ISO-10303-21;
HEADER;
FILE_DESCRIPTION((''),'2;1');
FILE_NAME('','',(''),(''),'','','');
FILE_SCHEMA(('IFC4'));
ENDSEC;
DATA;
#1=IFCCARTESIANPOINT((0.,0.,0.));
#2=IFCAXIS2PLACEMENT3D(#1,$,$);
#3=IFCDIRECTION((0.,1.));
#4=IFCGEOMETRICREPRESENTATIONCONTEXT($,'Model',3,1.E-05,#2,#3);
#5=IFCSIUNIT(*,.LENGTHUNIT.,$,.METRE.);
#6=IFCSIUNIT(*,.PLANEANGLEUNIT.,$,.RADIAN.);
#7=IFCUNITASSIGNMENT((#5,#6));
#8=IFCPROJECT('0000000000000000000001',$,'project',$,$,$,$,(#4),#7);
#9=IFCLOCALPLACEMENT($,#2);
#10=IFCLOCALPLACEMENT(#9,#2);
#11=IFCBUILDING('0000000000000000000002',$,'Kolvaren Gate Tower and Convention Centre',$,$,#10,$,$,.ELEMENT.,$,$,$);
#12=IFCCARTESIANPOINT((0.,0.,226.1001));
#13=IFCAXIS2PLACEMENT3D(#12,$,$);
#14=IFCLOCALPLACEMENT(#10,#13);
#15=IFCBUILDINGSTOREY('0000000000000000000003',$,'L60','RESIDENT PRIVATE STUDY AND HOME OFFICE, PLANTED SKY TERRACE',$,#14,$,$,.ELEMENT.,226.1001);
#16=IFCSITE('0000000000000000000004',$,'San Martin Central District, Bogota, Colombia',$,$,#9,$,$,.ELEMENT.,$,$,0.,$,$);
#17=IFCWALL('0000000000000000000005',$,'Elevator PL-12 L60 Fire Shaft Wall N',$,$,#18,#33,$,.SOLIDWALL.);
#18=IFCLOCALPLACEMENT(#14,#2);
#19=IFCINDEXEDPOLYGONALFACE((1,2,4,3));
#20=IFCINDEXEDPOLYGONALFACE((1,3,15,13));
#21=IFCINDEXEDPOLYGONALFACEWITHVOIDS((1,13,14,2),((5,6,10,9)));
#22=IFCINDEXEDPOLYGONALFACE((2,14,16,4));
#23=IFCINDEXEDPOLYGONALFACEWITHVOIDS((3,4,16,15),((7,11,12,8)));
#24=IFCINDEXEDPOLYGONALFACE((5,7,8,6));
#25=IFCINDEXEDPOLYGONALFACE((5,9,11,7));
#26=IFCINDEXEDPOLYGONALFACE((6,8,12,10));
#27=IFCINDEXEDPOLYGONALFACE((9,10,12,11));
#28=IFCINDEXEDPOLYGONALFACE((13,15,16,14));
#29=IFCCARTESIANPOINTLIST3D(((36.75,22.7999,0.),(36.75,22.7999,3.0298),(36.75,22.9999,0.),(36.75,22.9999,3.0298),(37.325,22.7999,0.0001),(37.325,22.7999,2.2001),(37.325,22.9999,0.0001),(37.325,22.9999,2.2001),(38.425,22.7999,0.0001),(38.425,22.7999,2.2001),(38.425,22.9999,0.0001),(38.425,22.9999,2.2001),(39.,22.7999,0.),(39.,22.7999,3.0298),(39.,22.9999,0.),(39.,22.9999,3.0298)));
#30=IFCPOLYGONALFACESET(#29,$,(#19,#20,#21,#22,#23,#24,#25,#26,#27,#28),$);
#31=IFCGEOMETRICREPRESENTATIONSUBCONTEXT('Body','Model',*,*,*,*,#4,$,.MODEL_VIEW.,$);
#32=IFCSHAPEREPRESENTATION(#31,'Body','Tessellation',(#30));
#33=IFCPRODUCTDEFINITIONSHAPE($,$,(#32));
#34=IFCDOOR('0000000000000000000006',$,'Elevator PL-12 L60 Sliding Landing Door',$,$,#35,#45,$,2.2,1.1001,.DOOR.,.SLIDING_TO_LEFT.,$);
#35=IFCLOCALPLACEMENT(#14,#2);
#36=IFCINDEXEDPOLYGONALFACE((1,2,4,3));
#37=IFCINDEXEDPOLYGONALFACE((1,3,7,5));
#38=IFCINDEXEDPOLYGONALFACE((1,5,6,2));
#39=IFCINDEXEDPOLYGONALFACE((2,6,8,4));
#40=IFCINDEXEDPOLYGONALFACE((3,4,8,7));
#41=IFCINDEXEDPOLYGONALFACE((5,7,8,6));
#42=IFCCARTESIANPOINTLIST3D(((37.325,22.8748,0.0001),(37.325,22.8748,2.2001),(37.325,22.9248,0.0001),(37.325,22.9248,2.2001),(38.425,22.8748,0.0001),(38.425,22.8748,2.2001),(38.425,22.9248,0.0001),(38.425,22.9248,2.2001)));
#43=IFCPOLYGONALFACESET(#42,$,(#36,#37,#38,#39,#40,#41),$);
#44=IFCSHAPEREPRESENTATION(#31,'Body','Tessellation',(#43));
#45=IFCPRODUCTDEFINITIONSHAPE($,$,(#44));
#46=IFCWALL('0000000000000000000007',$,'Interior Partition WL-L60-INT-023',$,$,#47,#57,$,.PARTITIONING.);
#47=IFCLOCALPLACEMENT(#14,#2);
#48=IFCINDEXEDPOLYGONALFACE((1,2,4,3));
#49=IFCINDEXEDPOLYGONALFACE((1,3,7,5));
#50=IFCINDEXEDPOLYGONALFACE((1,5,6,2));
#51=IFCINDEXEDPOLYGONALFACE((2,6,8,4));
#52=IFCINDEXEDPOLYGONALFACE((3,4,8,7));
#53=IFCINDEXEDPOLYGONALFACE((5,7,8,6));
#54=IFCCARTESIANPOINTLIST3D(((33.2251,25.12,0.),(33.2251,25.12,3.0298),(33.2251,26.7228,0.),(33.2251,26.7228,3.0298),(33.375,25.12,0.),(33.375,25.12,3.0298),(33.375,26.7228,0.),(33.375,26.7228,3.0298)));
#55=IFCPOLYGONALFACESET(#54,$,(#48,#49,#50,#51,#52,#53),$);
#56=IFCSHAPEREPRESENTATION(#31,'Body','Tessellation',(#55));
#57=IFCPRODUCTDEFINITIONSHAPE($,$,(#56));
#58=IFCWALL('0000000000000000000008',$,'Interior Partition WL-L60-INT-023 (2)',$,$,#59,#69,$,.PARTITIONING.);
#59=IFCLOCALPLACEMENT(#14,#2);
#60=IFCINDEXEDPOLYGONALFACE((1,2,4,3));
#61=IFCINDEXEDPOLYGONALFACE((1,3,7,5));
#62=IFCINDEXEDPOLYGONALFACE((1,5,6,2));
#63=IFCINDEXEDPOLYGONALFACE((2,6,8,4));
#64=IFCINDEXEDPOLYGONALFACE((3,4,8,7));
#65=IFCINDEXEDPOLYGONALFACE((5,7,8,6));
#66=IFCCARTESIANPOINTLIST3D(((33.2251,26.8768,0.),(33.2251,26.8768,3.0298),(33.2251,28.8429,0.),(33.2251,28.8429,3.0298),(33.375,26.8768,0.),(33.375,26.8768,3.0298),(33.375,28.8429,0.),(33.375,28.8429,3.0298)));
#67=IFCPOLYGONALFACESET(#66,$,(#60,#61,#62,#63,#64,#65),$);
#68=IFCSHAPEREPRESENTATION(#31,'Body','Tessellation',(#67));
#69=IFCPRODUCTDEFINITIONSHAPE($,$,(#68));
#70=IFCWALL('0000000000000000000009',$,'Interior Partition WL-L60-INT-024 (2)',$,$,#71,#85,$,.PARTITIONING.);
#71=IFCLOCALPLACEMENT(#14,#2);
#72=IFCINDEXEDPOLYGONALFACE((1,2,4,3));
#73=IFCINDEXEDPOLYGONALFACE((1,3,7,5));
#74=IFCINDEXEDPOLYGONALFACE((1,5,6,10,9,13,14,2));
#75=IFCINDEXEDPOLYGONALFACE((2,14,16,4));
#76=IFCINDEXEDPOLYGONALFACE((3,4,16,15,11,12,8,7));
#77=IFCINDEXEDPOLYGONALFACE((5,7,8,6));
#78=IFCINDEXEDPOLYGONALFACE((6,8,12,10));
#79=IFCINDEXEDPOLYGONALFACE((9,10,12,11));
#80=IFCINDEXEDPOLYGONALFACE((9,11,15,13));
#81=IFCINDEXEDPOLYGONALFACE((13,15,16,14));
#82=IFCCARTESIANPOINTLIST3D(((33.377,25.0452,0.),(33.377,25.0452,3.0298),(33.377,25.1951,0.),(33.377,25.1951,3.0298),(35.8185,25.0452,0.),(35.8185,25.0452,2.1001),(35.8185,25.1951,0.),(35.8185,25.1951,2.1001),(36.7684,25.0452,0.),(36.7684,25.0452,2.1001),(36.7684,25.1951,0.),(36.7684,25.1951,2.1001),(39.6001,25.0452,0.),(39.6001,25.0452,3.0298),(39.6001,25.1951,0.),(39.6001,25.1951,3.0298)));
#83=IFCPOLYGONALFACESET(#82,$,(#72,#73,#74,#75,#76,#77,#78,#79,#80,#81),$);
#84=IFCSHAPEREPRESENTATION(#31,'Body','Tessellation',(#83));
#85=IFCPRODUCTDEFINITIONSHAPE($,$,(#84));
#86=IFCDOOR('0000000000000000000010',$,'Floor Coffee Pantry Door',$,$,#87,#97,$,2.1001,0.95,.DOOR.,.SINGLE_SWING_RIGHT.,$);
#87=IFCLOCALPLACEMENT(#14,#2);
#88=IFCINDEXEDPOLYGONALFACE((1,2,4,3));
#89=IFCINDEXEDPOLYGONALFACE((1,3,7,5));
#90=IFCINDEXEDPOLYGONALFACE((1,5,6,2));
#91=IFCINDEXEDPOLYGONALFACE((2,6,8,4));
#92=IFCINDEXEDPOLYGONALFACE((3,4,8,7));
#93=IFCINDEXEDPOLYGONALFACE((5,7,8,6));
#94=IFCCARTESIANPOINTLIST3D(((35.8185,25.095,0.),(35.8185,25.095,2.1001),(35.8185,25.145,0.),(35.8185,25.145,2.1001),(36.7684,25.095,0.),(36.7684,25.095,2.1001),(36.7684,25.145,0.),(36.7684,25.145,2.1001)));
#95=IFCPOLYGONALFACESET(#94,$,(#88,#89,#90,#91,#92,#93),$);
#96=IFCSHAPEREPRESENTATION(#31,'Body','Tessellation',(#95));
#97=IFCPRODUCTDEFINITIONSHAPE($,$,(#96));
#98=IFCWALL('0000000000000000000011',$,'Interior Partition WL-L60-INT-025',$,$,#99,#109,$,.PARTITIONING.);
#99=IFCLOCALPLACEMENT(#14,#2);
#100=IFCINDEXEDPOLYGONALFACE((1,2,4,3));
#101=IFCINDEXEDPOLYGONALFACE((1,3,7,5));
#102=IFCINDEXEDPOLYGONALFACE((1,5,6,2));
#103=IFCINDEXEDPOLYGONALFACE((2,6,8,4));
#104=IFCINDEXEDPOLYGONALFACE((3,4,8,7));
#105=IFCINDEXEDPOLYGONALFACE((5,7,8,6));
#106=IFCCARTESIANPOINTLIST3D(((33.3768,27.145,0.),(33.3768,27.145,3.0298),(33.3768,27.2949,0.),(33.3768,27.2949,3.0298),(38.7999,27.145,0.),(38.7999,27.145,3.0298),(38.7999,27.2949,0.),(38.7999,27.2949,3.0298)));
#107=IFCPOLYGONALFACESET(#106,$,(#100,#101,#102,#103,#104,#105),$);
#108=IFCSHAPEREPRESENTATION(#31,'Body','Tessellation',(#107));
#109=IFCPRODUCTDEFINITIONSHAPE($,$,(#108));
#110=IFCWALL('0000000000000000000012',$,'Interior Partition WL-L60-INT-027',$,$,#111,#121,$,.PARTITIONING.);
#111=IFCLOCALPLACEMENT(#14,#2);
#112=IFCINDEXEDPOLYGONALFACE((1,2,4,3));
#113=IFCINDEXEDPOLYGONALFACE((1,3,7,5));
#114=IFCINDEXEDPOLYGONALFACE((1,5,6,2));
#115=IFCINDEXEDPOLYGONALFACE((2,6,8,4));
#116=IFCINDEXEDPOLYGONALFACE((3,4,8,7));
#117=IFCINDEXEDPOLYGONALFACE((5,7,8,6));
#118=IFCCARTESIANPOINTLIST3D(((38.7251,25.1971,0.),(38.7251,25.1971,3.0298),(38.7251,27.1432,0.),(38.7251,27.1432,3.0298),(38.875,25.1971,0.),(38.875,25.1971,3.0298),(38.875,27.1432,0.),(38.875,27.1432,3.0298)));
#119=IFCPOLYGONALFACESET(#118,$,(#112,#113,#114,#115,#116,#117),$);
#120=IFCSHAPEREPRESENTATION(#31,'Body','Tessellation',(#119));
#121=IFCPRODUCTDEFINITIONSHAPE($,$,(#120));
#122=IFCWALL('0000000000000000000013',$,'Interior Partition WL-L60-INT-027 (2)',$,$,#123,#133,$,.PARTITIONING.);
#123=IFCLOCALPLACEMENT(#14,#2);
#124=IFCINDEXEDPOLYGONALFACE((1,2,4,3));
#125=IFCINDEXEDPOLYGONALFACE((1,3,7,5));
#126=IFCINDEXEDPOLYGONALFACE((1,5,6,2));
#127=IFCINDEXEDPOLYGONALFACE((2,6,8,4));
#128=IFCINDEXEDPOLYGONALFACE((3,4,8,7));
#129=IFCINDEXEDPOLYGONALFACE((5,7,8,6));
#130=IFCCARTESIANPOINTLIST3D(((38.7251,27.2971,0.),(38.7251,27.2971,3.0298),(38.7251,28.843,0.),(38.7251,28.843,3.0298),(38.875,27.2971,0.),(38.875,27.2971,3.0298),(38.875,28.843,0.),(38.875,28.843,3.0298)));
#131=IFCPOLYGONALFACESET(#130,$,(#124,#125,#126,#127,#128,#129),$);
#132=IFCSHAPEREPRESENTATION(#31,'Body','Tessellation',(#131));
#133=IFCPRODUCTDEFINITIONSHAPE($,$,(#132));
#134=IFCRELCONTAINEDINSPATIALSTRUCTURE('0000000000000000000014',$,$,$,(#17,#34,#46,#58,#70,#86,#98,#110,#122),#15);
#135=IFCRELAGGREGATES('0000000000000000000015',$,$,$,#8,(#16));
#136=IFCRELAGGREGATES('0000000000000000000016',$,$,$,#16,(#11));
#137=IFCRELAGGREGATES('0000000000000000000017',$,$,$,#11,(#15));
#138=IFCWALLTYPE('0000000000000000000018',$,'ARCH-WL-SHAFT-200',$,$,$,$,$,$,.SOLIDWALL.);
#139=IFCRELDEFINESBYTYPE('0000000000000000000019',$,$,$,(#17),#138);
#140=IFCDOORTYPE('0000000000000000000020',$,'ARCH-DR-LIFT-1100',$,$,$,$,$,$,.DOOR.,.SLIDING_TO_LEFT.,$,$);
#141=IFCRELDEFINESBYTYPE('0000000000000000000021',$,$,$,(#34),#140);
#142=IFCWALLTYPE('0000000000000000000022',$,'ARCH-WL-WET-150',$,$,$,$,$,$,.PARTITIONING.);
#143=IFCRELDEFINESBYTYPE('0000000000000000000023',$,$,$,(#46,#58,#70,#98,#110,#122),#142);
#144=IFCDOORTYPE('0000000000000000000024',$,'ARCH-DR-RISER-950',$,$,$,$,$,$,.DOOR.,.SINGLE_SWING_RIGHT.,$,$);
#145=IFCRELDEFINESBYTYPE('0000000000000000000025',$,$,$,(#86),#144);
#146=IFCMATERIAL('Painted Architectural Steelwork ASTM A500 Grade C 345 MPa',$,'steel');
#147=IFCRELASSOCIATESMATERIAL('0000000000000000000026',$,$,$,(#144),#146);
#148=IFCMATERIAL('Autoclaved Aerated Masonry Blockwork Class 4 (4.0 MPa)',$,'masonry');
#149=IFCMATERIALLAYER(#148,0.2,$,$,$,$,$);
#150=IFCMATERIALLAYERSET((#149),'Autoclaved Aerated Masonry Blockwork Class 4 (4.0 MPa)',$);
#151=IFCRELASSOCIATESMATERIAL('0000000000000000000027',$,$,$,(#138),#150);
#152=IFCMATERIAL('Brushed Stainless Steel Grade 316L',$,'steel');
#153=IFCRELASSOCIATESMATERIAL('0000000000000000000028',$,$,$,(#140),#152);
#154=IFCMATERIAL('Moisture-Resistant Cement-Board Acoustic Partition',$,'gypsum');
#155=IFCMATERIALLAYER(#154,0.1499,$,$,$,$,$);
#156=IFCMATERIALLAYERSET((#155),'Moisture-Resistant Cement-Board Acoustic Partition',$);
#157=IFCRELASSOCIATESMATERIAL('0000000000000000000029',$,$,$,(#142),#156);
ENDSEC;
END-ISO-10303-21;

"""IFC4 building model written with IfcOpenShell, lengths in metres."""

from ifc_helpers import new_model, si_unit, direction, frame, frame_2d, origin, place, context, subcontext, project, spatial, rectangle, extrude, material, layer, layer_set, type_object, element, fill, save


model = new_model("IFC4")

# Units and contexts
model_context = context("Model", 3, precision=1e-05, world=origin(), true_north=direction((0.0, 1.0)))
body_context = subcontext(model_context, "Body", "Model", "MODEL_VIEW")
ifc_project = project(units=[si_unit("LENGTHUNIT", "METRE"), si_unit("PLANEANGLEUNIT", "RADIAN")], contexts=[model_context])

# Site, building, storey
site_placement = place(None, origin())
site = spatial("IfcSite", under=ifc_project, at=site_placement, Name="San Martin Central District, Bogota, Colombia", CompositionType="ELEMENT", RefElevation=0.0)
building_placement = place(site_placement, origin())
building = spatial("IfcBuilding", under=site, at=building_placement, Name="Kolvaren Gate Tower and Convention Centre", CompositionType="ELEMENT")
storey_placement = place(building_placement, frame((0.0, 0.0, 226.1001)))
storey = spatial("IfcBuildingStorey", under=building, at=storey_placement, Name="L60", Description="RESIDENT PRIVATE STUDY AND HOME OFFICE, PLANTED SKY TERRACE", CompositionType="ELEMENT", Elevation=226.1001)

# Shared definitions
ifc_material_1 = material(Name="Painted Architectural Steelwork ASTM A500 Grade C 345 MPa", Category="steel")
door_type_1 = type_object("IfcDoorType", Name="ARCH-DR-RISER-950", OperationType="SINGLE_SWING_RIGHT", PredefinedType="DOOR", material=ifc_material_1)

# Wall, opening, door
ifc_material_2 = material(Name="Autoclaved Aerated Masonry Blockwork Class 4 (4.0 MPa)", Category="masonry")
ifc_layer_1 = layer(ifc_material_2, 0.2)
ifc_layer_set_1 = layer_set([ifc_layer_1], Name="Autoclaved Aerated Masonry Blockwork Class 4 (4.0 MPa)")
wall_type_1 = type_object("IfcWallType", Name="ARCH-WL-SHAFT-200", PredefinedType="SOLIDWALL", material=ifc_layer_set_1)
ifc_material_3 = material(Name="Brushed Stainless Steel Grade 316L", Category="steel")
door_type_2 = type_object("IfcDoorType", Name="ARCH-DR-LIFT-1100", OperationType="SLIDING_TO_LEFT", PredefinedType="DOOR", material=ifc_material_3)
wall_1_placement = place(storey_placement, frame((36.75, 22.8999, 0.0), z_axis=(0.0, 0.0, 1.0), x_axis=(1.0, 0.0, 0.0)))
wall_1 = element("IfcWall", 1, at=wall_1_placement, inside=storey, type_object=wall_type_1, Name="Elevator PL-12 L60 Fire Shaft Wall N", PredefinedType="SOLIDWALL", context=body_context, shape_type="SweptSolid", body=[
    extrude(rectangle(XDim=2.25, YDim=0.2, at=frame_2d((1.125, 0.0))), origin(), (0.0, 0.0, 1.0), 3.0298),
])
opening_1_placement = place(wall_1_placement, frame((0.575, 0.0, 0.0)))
opening_1 = element("IfcOpeningElement", 2, at=opening_1_placement, cuts=wall_1, PredefinedType="OPENING", context=body_context, shape_type="SweptSolid", body=[
    extrude(rectangle(XDim=1.1001, YDim=2.2, at=frame_2d((0.55, 1.1001))), frame((0.0, 0.1099, 0.0), z_axis=(0.0, -1.0, 0.0), x_axis=(1.0, 0.0, 0.0)), (0.0, 0.0, 1.0), 0.22),
])
door_1_placement = place(opening_1_placement, origin())
door_1 = element("IfcDoor", 3, at=door_1_placement, inside=storey, type_object=door_type_2, Name="Elevator PL-12 L60 Sliding Landing Door", OperationType="SLIDING_TO_LEFT", OverallHeight=2.2, OverallWidth=1.1001, PredefinedType="DOOR", context=body_context, shape_type="SweptSolid", body=[
    extrude(rectangle(XDim=1.1001, YDim=2.2, at=frame_2d((0.55, 1.1001))), frame((0.0, 0.0249, 0.0), z_axis=(0.0, -1.0, 0.0), x_axis=(1.0, 0.0, 0.0)), (0.0, 0.0, 1.0), 0.05),
])
fill(opening_1, door_1)

# Walls
ifc_material_4 = material(Name="Moisture-Resistant Cement-Board Acoustic Partition", Category="gypsum")
ifc_layer_2 = layer(ifc_material_4, 0.1499)
ifc_layer_set_2 = layer_set([ifc_layer_2], Name="Moisture-Resistant Cement-Board Acoustic Partition")
wall_type_2 = type_object("IfcWallType", Name="ARCH-WL-WET-150", PredefinedType="PARTITIONING", material=ifc_layer_set_2)
wall_2_placement = place(storey_placement, frame((33.3, 25.1201, 0.0), z_axis=(0.0, 0.0, 1.0), x_axis=(0.0, 1.0, 0.0)))
element("IfcWall", 4, at=wall_2_placement, inside=storey, type_object=wall_type_2, Name="Interior Partition WL-L60-INT-023", PredefinedType="PARTITIONING", context=body_context, shape_type="SweptSolid", body=[
    extrude(rectangle(XDim=1.6028, YDim=0.1499, at=frame_2d((0.8013, 0.0))), origin(), (0.0, 0.0, 1.0), 3.0298),
])
wall_3_placement = place(storey_placement, frame((33.3, 26.877, 0.0), z_axis=(0.0, 0.0, 1.0), x_axis=(0.0, 1.0, 0.0)))
element("IfcWall", 5, at=wall_3_placement, inside=storey, type_object=wall_type_2, Name="Interior Partition WL-L60-INT-023 (2)", PredefinedType="PARTITIONING", context=body_context, shape_type="SweptSolid", body=[
    extrude(rectangle(XDim=1.9661, YDim=0.1499, at=frame_2d((0.9829, 0.0))), origin(), (0.0, 0.0, 1.0), 3.0298),
])

# Wall, opening, door
wall_4_placement = place(storey_placement, frame((33.377, 25.1201, 0.0), z_axis=(0.0, 0.0, 1.0), x_axis=(1.0, 0.0, 0.0)))
wall_4 = element("IfcWall", 6, at=wall_4_placement, inside=storey, type_object=wall_type_2, Name="Interior Partition WL-L60-INT-024 (2)", PredefinedType="PARTITIONING", context=body_context, shape_type="SweptSolid", body=[
    extrude(rectangle(XDim=6.2231, YDim=0.1499, at=frame_2d((3.1116, 0.0))), origin(), (0.0, 0.0, 1.0), 3.0298),
])
opening_2_placement = place(wall_4_placement, frame((2.4414, 0.0, 0.0)))
opening_2 = element("IfcOpeningElement", 7, at=opening_2_placement, cuts=wall_4, PredefinedType="OPENING", context=body_context, shape_type="SweptSolid", body=[
    extrude(rectangle(XDim=0.95, YDim=2.1001, at=frame_2d((0.4751, 1.05))), frame((0.0, 0.085, 0.0), z_axis=(0.0, -1.0, 0.0), x_axis=(1.0, 0.0, 0.0)), (0.0, 0.0, 1.0), 0.1699),
])
door_2_placement = place(opening_2_placement, origin())
door_2 = element("IfcDoor", 8, at=door_2_placement, inside=storey, type_object=door_type_1, Name="Floor Coffee Pantry Door", OperationType="SINGLE_SWING_RIGHT", OverallHeight=2.1001, OverallWidth=0.95, PredefinedType="DOOR", context=body_context, shape_type="SweptSolid", body=[
    extrude(rectangle(XDim=0.95, YDim=2.1001, at=frame_2d((0.4751, 1.05))), frame((0.0, 0.0249, 0.0), z_axis=(0.0, -1.0, 0.0), x_axis=(1.0, 0.0, 0.0)), (0.0, 0.0, 1.0), 0.05),
])
fill(opening_2, door_2)

# Walls
wall_5_placement = place(storey_placement, frame((33.377, 27.22, 0.0), z_axis=(0.0, 0.0, 1.0), x_axis=(1.0, 0.0, 0.0)))
element("IfcWall", 9, at=wall_5_placement, inside=storey, type_object=wall_type_2, Name="Interior Partition WL-L60-INT-025", PredefinedType="PARTITIONING", context=body_context, shape_type="SweptSolid", body=[
    extrude(rectangle(XDim=5.4231, YDim=0.1499, at=frame_2d((2.7114, 0.0))), origin(), (0.0, 0.0, 1.0), 3.0298),
])
wall_6_placement = place(storey_placement, frame((38.8, 25.197, 0.0), z_axis=(0.0, 0.0, 1.0), x_axis=(0.0, 1.0, 0.0)))
element("IfcWall", 10, at=wall_6_placement, inside=storey, type_object=wall_type_2, Name="Interior Partition WL-L60-INT-027", PredefinedType="PARTITIONING", context=body_context, shape_type="SweptSolid", body=[
    extrude(rectangle(XDim=1.946, YDim=0.1499, at=frame_2d((0.9731, 0.0))), origin(), (0.0, 0.0, 1.0), 3.0298),
])
wall_7_placement = place(storey_placement, frame((38.8, 27.2971, 0.0), z_axis=(0.0, 0.0, 1.0), x_axis=(0.0, 1.0, 0.0)))
element("IfcWall", 11, at=wall_7_placement, inside=storey, type_object=wall_type_2, Name="Interior Partition WL-L60-INT-027 (2)", PredefinedType="PARTITIONING", context=body_context, shape_type="SweptSolid", body=[
    extrude(rectangle(XDim=1.5459, YDim=0.1499, at=frame_2d((0.7729, 0.0))), origin(), (0.0, 0.0, 1.0), 3.0298),
])

save(model, "model.ifc")
